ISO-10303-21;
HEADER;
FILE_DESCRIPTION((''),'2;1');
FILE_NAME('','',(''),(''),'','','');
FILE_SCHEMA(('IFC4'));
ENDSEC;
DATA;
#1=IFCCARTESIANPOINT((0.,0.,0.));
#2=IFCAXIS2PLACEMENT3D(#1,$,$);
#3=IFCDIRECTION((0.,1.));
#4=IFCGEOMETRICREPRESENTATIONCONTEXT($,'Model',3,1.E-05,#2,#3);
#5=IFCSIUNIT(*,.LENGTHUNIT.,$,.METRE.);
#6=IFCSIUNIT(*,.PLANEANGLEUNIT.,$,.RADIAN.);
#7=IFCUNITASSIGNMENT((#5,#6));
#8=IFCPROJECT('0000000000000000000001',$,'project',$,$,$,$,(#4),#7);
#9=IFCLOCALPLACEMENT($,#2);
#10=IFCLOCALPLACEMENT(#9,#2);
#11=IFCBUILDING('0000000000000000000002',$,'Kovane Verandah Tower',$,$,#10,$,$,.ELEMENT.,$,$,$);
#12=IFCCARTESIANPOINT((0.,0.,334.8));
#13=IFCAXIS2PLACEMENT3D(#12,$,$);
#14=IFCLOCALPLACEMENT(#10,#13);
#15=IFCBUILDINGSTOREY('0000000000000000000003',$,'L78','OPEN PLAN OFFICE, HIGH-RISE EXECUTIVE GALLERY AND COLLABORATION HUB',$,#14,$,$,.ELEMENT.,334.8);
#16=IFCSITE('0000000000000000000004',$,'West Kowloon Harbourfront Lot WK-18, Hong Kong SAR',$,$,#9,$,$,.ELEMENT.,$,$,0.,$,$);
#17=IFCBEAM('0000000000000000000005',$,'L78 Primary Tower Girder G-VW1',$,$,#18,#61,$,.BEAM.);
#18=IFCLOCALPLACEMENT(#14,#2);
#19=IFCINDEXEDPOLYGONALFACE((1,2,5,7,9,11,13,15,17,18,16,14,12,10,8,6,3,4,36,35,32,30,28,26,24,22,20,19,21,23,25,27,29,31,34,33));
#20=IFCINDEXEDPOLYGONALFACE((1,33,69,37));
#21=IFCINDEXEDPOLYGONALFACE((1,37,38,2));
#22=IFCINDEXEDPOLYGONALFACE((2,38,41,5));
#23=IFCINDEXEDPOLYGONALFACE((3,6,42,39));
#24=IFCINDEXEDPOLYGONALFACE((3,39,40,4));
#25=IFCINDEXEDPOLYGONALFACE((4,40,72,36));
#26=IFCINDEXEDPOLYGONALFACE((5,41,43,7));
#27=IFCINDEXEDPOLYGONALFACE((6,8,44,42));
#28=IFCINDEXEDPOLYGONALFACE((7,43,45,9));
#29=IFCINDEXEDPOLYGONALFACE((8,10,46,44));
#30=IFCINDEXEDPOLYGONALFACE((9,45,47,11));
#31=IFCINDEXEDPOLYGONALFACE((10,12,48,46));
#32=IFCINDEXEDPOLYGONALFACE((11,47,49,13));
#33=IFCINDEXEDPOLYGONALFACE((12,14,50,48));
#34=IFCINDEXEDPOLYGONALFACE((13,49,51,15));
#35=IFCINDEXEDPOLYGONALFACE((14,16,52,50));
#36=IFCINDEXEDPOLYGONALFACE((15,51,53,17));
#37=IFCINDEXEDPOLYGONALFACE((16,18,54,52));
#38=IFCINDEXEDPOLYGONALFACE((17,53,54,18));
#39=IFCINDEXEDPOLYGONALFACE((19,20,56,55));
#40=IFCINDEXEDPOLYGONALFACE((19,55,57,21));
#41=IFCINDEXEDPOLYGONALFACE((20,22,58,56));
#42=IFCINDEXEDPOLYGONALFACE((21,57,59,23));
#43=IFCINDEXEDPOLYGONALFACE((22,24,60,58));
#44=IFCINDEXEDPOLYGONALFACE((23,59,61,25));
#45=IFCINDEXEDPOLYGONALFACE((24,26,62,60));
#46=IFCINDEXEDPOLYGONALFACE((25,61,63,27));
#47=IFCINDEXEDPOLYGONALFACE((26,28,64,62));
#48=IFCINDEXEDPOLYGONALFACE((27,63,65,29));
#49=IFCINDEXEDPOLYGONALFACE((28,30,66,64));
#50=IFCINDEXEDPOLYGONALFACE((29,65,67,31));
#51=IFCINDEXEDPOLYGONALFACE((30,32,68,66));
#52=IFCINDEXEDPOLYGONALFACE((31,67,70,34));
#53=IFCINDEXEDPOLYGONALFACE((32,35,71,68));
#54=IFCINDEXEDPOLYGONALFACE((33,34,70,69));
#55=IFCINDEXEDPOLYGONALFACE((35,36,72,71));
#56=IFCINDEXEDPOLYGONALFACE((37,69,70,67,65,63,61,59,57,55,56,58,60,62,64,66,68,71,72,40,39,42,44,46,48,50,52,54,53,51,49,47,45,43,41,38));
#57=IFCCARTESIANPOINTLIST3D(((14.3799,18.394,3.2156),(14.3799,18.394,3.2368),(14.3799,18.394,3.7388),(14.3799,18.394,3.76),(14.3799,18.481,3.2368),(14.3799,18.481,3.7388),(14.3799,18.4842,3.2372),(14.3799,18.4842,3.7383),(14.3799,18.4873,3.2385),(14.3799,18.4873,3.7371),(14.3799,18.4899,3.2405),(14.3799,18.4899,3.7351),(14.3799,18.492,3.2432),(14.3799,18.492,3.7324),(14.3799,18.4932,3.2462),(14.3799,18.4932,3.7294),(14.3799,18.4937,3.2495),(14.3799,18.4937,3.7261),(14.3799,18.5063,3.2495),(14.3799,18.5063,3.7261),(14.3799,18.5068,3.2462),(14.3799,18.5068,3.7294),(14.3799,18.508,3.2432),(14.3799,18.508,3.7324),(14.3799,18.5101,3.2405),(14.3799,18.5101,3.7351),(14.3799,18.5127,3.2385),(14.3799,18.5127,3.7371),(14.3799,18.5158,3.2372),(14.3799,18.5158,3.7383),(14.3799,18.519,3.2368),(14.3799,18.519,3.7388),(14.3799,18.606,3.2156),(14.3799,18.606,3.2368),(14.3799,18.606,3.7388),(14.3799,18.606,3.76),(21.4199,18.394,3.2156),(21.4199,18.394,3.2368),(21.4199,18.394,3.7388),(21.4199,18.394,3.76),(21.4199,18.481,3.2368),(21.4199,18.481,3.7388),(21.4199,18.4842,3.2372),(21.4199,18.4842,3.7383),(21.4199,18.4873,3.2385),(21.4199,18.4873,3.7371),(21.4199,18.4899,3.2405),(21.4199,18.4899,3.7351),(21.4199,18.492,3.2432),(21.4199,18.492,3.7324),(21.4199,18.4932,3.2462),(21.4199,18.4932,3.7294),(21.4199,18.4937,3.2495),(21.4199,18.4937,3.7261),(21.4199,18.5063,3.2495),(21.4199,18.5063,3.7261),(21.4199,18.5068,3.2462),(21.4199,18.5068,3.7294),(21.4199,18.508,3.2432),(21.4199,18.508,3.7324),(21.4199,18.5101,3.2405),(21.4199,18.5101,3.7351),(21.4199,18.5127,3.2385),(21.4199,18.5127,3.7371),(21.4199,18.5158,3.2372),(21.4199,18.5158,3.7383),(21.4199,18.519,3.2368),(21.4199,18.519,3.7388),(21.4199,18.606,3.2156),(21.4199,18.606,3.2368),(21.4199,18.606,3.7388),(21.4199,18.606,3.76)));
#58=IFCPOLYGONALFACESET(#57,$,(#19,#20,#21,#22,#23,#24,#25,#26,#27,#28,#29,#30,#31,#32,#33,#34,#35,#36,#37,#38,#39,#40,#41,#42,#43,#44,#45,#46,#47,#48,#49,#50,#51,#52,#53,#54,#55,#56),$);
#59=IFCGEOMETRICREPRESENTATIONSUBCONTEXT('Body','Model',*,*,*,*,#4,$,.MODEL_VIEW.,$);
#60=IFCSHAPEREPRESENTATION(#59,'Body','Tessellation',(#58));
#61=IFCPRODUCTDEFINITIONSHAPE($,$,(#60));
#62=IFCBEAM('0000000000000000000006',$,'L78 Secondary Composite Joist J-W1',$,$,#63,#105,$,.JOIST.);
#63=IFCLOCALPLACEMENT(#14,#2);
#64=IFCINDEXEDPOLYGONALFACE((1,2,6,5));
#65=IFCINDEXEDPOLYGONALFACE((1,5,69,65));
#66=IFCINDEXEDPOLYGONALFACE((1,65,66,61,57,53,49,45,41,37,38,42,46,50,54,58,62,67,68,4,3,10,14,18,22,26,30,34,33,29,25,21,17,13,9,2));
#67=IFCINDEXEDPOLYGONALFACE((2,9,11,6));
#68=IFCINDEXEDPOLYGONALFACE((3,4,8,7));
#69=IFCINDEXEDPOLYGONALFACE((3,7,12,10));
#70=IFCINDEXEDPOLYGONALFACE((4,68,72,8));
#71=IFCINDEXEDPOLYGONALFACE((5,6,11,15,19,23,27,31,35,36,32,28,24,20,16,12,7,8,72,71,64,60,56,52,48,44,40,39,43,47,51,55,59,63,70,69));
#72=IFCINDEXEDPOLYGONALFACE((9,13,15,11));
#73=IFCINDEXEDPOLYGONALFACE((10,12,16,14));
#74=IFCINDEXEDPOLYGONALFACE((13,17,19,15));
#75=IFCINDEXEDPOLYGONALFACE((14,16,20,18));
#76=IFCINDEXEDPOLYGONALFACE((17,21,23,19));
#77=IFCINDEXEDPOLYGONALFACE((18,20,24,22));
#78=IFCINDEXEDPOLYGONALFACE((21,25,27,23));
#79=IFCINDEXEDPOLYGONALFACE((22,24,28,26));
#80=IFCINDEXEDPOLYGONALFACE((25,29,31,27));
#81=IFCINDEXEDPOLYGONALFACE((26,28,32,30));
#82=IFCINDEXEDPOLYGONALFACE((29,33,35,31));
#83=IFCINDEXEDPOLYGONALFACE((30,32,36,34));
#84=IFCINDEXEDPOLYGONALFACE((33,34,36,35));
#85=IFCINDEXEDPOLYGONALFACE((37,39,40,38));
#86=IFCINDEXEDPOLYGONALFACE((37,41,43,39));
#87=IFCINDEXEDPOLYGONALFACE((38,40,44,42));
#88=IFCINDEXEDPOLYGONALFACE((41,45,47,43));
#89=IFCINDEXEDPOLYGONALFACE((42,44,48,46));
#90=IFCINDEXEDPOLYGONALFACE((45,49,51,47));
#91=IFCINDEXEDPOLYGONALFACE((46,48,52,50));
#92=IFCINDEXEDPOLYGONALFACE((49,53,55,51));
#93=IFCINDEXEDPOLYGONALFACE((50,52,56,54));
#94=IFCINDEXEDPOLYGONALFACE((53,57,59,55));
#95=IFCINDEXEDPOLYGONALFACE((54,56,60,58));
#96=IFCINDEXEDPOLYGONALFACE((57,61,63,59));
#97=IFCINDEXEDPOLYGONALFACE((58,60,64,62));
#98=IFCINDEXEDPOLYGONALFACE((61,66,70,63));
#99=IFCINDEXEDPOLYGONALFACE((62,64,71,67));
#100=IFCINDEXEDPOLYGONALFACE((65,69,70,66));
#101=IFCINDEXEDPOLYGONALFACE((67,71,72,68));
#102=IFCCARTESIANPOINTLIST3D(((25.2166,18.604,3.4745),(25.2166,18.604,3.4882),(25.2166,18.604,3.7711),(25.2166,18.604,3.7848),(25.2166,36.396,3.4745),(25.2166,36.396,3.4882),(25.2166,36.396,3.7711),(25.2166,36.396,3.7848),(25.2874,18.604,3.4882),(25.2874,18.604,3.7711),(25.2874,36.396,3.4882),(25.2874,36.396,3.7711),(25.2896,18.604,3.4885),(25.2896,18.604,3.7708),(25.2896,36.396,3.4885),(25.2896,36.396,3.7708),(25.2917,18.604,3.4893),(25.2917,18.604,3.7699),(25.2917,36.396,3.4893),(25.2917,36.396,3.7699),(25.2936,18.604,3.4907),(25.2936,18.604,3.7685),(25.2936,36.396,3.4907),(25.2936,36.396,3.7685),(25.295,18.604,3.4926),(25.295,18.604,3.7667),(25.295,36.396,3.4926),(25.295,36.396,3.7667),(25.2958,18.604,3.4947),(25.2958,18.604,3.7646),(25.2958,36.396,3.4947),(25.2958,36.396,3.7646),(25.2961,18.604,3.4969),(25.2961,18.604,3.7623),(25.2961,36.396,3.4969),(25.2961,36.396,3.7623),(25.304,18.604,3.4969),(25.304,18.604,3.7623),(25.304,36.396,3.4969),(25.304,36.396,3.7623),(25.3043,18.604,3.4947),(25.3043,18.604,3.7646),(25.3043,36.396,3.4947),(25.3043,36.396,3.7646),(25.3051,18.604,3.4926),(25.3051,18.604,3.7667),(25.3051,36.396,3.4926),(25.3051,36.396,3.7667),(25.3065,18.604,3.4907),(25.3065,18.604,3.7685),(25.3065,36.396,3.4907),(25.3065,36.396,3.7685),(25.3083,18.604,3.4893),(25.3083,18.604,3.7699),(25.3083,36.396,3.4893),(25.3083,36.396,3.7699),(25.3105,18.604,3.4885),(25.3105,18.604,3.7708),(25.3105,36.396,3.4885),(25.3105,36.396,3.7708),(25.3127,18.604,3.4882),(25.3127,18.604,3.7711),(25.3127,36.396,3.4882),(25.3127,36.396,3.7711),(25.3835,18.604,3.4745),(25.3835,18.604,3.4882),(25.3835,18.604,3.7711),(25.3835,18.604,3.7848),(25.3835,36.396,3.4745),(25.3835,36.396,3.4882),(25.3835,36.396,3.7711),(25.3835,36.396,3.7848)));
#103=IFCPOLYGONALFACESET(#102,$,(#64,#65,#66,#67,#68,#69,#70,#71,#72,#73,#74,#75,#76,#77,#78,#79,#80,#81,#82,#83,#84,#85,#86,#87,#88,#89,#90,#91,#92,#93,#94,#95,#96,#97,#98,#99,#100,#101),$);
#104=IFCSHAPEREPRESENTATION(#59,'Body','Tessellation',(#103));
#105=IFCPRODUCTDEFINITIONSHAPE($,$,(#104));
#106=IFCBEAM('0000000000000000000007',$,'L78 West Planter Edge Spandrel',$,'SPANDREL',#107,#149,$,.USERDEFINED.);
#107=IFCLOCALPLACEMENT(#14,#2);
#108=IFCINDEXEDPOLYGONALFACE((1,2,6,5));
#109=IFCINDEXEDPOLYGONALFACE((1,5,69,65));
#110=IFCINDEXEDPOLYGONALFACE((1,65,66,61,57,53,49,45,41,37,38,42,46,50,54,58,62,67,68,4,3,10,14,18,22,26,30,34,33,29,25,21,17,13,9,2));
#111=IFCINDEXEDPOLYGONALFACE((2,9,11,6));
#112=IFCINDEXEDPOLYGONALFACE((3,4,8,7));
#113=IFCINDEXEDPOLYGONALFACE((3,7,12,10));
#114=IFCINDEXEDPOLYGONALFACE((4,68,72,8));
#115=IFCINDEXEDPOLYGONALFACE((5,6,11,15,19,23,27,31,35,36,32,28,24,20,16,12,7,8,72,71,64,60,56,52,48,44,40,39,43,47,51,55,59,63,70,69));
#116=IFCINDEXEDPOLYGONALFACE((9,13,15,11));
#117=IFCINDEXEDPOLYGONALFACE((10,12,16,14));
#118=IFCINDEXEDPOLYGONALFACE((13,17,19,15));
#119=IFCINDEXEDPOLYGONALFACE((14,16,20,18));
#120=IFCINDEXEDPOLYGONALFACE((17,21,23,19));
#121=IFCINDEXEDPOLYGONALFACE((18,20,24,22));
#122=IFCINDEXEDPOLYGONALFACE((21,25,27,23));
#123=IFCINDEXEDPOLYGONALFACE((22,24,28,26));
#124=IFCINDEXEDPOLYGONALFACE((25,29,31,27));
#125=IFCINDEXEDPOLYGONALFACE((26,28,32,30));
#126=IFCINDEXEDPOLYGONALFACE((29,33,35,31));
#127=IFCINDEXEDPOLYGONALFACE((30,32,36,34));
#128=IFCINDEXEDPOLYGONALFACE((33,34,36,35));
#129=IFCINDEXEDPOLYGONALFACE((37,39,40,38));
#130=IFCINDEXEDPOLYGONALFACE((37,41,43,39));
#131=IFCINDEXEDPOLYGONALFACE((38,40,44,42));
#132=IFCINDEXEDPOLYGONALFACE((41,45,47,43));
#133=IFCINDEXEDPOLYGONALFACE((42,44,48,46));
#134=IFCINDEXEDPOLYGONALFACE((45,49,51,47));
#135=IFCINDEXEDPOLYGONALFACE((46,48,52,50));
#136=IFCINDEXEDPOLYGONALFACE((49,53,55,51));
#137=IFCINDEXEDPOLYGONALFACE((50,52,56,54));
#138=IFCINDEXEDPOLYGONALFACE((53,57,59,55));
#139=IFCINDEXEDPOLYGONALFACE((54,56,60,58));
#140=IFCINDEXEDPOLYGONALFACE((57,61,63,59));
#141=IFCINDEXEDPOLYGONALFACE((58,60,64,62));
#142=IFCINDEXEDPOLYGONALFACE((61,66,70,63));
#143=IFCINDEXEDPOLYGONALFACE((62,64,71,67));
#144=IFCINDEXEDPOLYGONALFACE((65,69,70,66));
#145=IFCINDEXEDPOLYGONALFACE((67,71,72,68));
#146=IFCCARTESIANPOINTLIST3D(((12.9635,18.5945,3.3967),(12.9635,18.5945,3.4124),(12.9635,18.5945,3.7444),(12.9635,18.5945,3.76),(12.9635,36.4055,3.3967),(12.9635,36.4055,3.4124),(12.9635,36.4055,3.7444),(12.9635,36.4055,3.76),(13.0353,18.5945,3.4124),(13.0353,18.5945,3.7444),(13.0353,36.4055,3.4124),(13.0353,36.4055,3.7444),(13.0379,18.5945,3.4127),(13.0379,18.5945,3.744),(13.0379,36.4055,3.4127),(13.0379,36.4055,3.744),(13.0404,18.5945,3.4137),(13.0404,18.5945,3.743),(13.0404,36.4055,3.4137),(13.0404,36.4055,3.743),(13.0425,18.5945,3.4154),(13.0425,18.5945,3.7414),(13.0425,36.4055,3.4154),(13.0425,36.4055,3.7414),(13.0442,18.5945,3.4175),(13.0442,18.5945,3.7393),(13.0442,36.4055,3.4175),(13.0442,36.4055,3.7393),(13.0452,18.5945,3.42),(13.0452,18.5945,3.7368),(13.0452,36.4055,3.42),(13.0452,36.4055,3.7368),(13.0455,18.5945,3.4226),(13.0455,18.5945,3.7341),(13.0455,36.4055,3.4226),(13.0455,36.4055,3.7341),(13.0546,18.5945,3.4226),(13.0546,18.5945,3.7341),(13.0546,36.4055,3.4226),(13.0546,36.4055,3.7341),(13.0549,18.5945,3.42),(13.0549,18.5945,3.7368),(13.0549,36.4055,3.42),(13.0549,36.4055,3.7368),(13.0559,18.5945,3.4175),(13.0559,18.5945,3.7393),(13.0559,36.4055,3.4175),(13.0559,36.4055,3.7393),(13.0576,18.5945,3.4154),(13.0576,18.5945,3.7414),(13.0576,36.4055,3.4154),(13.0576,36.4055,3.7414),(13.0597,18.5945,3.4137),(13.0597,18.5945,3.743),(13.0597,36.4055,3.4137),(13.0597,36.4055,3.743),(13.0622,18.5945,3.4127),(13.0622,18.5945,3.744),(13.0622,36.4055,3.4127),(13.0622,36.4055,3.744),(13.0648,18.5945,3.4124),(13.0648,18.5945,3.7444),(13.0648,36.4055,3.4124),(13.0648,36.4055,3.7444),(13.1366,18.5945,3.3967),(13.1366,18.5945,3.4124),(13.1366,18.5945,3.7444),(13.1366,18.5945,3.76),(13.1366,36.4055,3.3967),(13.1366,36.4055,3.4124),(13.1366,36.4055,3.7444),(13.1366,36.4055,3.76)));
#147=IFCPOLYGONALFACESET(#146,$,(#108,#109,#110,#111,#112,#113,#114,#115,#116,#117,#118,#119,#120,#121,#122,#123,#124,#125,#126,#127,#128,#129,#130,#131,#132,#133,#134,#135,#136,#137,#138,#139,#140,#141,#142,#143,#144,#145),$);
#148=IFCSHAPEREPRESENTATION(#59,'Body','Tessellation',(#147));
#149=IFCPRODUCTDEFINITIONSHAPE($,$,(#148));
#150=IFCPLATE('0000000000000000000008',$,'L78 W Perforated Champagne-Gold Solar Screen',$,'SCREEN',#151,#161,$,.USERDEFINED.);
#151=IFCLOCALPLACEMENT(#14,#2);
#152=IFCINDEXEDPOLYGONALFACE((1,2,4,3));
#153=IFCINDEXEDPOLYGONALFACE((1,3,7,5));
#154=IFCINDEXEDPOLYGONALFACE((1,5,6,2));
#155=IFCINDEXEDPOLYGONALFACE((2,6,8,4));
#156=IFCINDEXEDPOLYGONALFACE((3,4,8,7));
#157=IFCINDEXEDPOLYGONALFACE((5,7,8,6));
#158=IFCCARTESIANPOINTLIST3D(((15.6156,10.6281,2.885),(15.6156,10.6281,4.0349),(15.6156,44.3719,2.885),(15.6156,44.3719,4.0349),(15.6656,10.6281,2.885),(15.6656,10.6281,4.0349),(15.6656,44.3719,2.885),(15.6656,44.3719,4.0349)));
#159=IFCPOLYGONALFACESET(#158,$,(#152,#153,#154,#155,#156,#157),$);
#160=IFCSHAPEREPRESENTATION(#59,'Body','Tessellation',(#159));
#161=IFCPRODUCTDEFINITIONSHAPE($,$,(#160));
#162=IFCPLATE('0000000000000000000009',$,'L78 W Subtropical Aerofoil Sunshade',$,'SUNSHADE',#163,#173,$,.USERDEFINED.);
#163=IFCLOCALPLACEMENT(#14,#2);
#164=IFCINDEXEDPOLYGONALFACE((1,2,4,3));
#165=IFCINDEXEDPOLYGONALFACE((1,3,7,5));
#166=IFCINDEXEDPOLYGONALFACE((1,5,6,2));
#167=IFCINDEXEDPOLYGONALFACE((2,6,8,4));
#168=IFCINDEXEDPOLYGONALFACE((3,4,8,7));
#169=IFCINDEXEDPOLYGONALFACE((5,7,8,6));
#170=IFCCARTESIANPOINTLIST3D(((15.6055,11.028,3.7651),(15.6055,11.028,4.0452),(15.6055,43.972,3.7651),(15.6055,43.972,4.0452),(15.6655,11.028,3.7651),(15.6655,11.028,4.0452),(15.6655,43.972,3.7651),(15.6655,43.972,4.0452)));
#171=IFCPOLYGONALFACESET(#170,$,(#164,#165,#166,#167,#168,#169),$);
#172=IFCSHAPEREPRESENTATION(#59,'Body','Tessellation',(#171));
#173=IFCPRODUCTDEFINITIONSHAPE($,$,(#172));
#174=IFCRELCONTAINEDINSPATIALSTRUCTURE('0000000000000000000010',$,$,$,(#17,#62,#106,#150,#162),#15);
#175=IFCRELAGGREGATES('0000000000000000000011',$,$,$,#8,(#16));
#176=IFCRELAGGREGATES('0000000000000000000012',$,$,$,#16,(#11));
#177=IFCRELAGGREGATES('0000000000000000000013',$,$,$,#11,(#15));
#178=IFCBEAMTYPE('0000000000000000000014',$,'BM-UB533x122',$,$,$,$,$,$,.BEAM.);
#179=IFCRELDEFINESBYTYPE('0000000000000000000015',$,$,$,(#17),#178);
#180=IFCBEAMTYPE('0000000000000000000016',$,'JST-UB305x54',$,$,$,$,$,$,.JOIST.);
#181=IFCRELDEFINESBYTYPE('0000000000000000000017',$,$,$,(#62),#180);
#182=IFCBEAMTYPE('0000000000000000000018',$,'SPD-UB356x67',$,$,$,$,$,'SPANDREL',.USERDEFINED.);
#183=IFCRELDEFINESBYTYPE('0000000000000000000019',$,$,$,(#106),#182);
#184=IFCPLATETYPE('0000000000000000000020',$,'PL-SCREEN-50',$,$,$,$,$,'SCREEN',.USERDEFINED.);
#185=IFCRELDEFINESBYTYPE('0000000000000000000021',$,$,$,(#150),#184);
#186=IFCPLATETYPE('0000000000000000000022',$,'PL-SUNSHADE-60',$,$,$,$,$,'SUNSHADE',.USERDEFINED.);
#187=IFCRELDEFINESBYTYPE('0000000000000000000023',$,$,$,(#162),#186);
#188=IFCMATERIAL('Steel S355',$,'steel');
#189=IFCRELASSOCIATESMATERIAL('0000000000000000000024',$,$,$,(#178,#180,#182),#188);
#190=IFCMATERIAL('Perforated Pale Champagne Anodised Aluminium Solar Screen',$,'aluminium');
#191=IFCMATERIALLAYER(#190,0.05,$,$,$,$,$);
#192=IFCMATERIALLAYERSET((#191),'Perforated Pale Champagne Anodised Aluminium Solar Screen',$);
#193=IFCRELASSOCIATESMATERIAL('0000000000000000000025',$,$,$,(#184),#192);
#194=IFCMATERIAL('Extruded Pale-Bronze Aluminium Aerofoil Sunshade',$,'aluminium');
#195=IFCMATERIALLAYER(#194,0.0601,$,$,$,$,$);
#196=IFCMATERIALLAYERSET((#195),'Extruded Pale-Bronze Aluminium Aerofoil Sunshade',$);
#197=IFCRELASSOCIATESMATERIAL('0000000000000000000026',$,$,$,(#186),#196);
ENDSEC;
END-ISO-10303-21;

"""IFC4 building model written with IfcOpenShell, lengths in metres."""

from ifc_helpers import new_model, si_unit, direction, frame, origin, origin_2d, place, context, subcontext, project, spatial, rectangle, i_section, extrude, material, layer, layer_set, material_profile, profile_set, type_object, element, save


model = new_model("IFC4")

# Units and contexts
model_context = context("Model", 3, precision=1e-05, world=origin(), true_north=direction((0.0, 1.0)))
body_context = subcontext(model_context, "Body", "Model", "MODEL_VIEW")
ifc_project = project(units=[si_unit("LENGTHUNIT", "METRE"), si_unit("PLANEANGLEUNIT", "RADIAN")], contexts=[model_context])

# Site, building, storey
site_placement = place(None, origin())
site = spatial("IfcSite", under=ifc_project, at=site_placement, Name="West Kowloon Harbourfront Lot WK-18, Hong Kong SAR", CompositionType="ELEMENT", RefElevation=0.0)
building_placement = place(site_placement, origin())
building = spatial("IfcBuilding", under=site, at=building_placement, Name="Kovane Verandah Tower", CompositionType="ELEMENT")
storey_placement = place(building_placement, frame((0.0, 0.0, 334.8)))
storey = spatial("IfcBuildingStorey", under=building, at=storey_placement, Name="L78", Description="OPEN PLAN OFFICE, HIGH-RISE EXECUTIVE GALLERY AND COLLABORATION HUB", CompositionType="ELEMENT", Elevation=334.8)

# Beams
ifc_material_1 = material(Name="Steel S355", Category="steel")
ifc_material_profile_1 = material_profile(ifc_material_1, i_section(OverallWidth=0.2119, OverallDepth=0.5444, WebThickness=0.0127, FlangeThickness=0.0212, FilletRadius=0.0127, at=origin_2d()), Name="UB533x210x122")
ifc_profile_set_1 = profile_set([ifc_material_profile_1], Name="Steel S355")
beam_type_1 = type_object("IfcBeamType", Name="BM-UB533x122", PredefinedType="BEAM", material=ifc_profile_set_1)
for number, where, z_axis, x_axis, name in (
    (1, (21.4199, 18.5, 3.4878), (-1.0, 0.0, 0.0), (0.0, -1.0, 0.0), "L78 Primary Tower Girder G-VW1"),
):
    element("IfcBeam", number, at=place(storey_placement, frame(where, z_axis=z_axis, x_axis=x_axis)), inside=storey, type_object=beam_type_1, Name=name, PredefinedType="BEAM", context=body_context, shape_type="SweptSolid", body=[
        extrude(i_section(OverallWidth=0.2119, OverallDepth=0.5444, WebThickness=0.0127, FlangeThickness=0.0212, FilletRadius=0.0127, at=origin_2d()), origin(), (0.0, 0.0, 1.0), 7.04),
    ])
ifc_material_profile_2 = material_profile(ifc_material_1, i_section(OverallWidth=0.167, OverallDepth=0.3103, WebThickness=0.0078, FlangeThickness=0.0137, FilletRadius=0.0088, at=origin_2d()), Name="UB305x165x54")
ifc_profile_set_2 = profile_set([ifc_material_profile_2], Name="Steel S355")
beam_type_2 = type_object("IfcBeamType", Name="JST-UB305x54", PredefinedType="JOIST", material=ifc_profile_set_2)
beam_1_placement = place(storey_placement, frame((25.3, 18.604, 3.6296), z_axis=(0.0, 1.0, 0.0), x_axis=(-1.0, 0.0, 0.0)))
element("IfcBeam", 2, at=beam_1_placement, inside=storey, type_object=beam_type_2, Name="L78 Secondary Composite Joist J-W1", PredefinedType="JOIST", context=body_context, shape_type="SweptSolid", body=[
    extrude(i_section(OverallWidth=0.167, OverallDepth=0.3103, WebThickness=0.0078, FlangeThickness=0.0137, FilletRadius=0.0088, at=origin_2d()), origin(), (0.0, 0.0, 1.0), 17.792),
])
ifc_material_profile_3 = material_profile(ifc_material_1, i_section(OverallWidth=0.1731, OverallDepth=0.3633, WebThickness=0.009, FlangeThickness=0.0156, FilletRadius=0.0103, at=origin_2d()), Name="UB356x171x67")
ifc_profile_set_3 = profile_set([ifc_material_profile_3], Name="Steel S355")
beam_type_3 = type_object("IfcBeamType", Name="SPD-UB356x67", ElementType="SPANDREL", PredefinedType="USERDEFINED", material=ifc_profile_set_3)
beam_2_placement = place(storey_placement, frame((13.05, 18.5945, 3.5784), z_axis=(0.0, 1.0, 0.0), x_axis=(-1.0, 0.0, 0.0)))
element("IfcBeam", 3, at=beam_2_placement, inside=storey, type_object=beam_type_3, Name="L78 West Planter Edge Spandrel", ObjectType="SPANDREL", PredefinedType="USERDEFINED", context=body_context, shape_type="SweptSolid", body=[
    extrude(i_section(OverallWidth=0.1731, OverallDepth=0.3633, WebThickness=0.009, FlangeThickness=0.0156, FilletRadius=0.0103, at=origin_2d()), origin(), (0.0, 0.0, 1.0), 17.811),
])

# Plates
ifc_material_2 = material(Name="Perforated Pale Champagne Anodised Aluminium Solar Screen", Category="aluminium")
ifc_layer_1 = layer(ifc_material_2, 0.05)
ifc_layer_set_1 = layer_set([ifc_layer_1], Name="Perforated Pale Champagne Anodised Aluminium Solar Screen")
plate_type_1 = type_object("IfcPlateType", Name="PL-SCREEN-50", ElementType="SCREEN", PredefinedType="USERDEFINED", material=ifc_layer_set_1)
plate_1_placement = place(storey_placement, frame((15.6406, 27.5, 2.885), z_axis=(0.0, 0.0, 1.0), x_axis=(0.0, -1.0, 0.0)))
element("IfcPlate", 4, at=plate_1_placement, inside=storey, type_object=plate_type_1, Name="L78 W Perforated Champagne-Gold Solar Screen", ObjectType="SCREEN", PredefinedType="USERDEFINED", context=body_context, shape_type="SweptSolid", body=[
    extrude(rectangle(XDim=33.7439, YDim=0.05, at=origin_2d()), origin(), (0.0, 0.0, 1.0), 1.1499),
])
ifc_material_3 = material(Name="Extruded Pale-Bronze Aluminium Aerofoil Sunshade", Category="aluminium")
ifc_layer_2 = layer(ifc_material_3, 0.0601)
ifc_layer_set_2 = layer_set([ifc_layer_2], Name="Extruded Pale-Bronze Aluminium Aerofoil Sunshade")
plate_type_2 = type_object("IfcPlateType", Name="PL-SUNSHADE-60", ElementType="SUNSHADE", PredefinedType="USERDEFINED", material=ifc_layer_set_2)
plate_2_placement = place(storey_placement, frame((15.6355, 27.5, 3.7651), z_axis=(0.0, 0.0, 1.0), x_axis=(0.0, -1.0, 0.0)))
element("IfcPlate", 5, at=plate_2_placement, inside=storey, type_object=plate_type_2, Name="L78 W Subtropical Aerofoil Sunshade", ObjectType="SUNSHADE", PredefinedType="USERDEFINED", context=body_context, shape_type="SweptSolid", body=[
    extrude(rectangle(XDim=32.9441, YDim=0.0601, at=origin_2d()), origin(), (0.0, 0.0, 1.0), 0.28),
])

save(model, "model.ifc")
